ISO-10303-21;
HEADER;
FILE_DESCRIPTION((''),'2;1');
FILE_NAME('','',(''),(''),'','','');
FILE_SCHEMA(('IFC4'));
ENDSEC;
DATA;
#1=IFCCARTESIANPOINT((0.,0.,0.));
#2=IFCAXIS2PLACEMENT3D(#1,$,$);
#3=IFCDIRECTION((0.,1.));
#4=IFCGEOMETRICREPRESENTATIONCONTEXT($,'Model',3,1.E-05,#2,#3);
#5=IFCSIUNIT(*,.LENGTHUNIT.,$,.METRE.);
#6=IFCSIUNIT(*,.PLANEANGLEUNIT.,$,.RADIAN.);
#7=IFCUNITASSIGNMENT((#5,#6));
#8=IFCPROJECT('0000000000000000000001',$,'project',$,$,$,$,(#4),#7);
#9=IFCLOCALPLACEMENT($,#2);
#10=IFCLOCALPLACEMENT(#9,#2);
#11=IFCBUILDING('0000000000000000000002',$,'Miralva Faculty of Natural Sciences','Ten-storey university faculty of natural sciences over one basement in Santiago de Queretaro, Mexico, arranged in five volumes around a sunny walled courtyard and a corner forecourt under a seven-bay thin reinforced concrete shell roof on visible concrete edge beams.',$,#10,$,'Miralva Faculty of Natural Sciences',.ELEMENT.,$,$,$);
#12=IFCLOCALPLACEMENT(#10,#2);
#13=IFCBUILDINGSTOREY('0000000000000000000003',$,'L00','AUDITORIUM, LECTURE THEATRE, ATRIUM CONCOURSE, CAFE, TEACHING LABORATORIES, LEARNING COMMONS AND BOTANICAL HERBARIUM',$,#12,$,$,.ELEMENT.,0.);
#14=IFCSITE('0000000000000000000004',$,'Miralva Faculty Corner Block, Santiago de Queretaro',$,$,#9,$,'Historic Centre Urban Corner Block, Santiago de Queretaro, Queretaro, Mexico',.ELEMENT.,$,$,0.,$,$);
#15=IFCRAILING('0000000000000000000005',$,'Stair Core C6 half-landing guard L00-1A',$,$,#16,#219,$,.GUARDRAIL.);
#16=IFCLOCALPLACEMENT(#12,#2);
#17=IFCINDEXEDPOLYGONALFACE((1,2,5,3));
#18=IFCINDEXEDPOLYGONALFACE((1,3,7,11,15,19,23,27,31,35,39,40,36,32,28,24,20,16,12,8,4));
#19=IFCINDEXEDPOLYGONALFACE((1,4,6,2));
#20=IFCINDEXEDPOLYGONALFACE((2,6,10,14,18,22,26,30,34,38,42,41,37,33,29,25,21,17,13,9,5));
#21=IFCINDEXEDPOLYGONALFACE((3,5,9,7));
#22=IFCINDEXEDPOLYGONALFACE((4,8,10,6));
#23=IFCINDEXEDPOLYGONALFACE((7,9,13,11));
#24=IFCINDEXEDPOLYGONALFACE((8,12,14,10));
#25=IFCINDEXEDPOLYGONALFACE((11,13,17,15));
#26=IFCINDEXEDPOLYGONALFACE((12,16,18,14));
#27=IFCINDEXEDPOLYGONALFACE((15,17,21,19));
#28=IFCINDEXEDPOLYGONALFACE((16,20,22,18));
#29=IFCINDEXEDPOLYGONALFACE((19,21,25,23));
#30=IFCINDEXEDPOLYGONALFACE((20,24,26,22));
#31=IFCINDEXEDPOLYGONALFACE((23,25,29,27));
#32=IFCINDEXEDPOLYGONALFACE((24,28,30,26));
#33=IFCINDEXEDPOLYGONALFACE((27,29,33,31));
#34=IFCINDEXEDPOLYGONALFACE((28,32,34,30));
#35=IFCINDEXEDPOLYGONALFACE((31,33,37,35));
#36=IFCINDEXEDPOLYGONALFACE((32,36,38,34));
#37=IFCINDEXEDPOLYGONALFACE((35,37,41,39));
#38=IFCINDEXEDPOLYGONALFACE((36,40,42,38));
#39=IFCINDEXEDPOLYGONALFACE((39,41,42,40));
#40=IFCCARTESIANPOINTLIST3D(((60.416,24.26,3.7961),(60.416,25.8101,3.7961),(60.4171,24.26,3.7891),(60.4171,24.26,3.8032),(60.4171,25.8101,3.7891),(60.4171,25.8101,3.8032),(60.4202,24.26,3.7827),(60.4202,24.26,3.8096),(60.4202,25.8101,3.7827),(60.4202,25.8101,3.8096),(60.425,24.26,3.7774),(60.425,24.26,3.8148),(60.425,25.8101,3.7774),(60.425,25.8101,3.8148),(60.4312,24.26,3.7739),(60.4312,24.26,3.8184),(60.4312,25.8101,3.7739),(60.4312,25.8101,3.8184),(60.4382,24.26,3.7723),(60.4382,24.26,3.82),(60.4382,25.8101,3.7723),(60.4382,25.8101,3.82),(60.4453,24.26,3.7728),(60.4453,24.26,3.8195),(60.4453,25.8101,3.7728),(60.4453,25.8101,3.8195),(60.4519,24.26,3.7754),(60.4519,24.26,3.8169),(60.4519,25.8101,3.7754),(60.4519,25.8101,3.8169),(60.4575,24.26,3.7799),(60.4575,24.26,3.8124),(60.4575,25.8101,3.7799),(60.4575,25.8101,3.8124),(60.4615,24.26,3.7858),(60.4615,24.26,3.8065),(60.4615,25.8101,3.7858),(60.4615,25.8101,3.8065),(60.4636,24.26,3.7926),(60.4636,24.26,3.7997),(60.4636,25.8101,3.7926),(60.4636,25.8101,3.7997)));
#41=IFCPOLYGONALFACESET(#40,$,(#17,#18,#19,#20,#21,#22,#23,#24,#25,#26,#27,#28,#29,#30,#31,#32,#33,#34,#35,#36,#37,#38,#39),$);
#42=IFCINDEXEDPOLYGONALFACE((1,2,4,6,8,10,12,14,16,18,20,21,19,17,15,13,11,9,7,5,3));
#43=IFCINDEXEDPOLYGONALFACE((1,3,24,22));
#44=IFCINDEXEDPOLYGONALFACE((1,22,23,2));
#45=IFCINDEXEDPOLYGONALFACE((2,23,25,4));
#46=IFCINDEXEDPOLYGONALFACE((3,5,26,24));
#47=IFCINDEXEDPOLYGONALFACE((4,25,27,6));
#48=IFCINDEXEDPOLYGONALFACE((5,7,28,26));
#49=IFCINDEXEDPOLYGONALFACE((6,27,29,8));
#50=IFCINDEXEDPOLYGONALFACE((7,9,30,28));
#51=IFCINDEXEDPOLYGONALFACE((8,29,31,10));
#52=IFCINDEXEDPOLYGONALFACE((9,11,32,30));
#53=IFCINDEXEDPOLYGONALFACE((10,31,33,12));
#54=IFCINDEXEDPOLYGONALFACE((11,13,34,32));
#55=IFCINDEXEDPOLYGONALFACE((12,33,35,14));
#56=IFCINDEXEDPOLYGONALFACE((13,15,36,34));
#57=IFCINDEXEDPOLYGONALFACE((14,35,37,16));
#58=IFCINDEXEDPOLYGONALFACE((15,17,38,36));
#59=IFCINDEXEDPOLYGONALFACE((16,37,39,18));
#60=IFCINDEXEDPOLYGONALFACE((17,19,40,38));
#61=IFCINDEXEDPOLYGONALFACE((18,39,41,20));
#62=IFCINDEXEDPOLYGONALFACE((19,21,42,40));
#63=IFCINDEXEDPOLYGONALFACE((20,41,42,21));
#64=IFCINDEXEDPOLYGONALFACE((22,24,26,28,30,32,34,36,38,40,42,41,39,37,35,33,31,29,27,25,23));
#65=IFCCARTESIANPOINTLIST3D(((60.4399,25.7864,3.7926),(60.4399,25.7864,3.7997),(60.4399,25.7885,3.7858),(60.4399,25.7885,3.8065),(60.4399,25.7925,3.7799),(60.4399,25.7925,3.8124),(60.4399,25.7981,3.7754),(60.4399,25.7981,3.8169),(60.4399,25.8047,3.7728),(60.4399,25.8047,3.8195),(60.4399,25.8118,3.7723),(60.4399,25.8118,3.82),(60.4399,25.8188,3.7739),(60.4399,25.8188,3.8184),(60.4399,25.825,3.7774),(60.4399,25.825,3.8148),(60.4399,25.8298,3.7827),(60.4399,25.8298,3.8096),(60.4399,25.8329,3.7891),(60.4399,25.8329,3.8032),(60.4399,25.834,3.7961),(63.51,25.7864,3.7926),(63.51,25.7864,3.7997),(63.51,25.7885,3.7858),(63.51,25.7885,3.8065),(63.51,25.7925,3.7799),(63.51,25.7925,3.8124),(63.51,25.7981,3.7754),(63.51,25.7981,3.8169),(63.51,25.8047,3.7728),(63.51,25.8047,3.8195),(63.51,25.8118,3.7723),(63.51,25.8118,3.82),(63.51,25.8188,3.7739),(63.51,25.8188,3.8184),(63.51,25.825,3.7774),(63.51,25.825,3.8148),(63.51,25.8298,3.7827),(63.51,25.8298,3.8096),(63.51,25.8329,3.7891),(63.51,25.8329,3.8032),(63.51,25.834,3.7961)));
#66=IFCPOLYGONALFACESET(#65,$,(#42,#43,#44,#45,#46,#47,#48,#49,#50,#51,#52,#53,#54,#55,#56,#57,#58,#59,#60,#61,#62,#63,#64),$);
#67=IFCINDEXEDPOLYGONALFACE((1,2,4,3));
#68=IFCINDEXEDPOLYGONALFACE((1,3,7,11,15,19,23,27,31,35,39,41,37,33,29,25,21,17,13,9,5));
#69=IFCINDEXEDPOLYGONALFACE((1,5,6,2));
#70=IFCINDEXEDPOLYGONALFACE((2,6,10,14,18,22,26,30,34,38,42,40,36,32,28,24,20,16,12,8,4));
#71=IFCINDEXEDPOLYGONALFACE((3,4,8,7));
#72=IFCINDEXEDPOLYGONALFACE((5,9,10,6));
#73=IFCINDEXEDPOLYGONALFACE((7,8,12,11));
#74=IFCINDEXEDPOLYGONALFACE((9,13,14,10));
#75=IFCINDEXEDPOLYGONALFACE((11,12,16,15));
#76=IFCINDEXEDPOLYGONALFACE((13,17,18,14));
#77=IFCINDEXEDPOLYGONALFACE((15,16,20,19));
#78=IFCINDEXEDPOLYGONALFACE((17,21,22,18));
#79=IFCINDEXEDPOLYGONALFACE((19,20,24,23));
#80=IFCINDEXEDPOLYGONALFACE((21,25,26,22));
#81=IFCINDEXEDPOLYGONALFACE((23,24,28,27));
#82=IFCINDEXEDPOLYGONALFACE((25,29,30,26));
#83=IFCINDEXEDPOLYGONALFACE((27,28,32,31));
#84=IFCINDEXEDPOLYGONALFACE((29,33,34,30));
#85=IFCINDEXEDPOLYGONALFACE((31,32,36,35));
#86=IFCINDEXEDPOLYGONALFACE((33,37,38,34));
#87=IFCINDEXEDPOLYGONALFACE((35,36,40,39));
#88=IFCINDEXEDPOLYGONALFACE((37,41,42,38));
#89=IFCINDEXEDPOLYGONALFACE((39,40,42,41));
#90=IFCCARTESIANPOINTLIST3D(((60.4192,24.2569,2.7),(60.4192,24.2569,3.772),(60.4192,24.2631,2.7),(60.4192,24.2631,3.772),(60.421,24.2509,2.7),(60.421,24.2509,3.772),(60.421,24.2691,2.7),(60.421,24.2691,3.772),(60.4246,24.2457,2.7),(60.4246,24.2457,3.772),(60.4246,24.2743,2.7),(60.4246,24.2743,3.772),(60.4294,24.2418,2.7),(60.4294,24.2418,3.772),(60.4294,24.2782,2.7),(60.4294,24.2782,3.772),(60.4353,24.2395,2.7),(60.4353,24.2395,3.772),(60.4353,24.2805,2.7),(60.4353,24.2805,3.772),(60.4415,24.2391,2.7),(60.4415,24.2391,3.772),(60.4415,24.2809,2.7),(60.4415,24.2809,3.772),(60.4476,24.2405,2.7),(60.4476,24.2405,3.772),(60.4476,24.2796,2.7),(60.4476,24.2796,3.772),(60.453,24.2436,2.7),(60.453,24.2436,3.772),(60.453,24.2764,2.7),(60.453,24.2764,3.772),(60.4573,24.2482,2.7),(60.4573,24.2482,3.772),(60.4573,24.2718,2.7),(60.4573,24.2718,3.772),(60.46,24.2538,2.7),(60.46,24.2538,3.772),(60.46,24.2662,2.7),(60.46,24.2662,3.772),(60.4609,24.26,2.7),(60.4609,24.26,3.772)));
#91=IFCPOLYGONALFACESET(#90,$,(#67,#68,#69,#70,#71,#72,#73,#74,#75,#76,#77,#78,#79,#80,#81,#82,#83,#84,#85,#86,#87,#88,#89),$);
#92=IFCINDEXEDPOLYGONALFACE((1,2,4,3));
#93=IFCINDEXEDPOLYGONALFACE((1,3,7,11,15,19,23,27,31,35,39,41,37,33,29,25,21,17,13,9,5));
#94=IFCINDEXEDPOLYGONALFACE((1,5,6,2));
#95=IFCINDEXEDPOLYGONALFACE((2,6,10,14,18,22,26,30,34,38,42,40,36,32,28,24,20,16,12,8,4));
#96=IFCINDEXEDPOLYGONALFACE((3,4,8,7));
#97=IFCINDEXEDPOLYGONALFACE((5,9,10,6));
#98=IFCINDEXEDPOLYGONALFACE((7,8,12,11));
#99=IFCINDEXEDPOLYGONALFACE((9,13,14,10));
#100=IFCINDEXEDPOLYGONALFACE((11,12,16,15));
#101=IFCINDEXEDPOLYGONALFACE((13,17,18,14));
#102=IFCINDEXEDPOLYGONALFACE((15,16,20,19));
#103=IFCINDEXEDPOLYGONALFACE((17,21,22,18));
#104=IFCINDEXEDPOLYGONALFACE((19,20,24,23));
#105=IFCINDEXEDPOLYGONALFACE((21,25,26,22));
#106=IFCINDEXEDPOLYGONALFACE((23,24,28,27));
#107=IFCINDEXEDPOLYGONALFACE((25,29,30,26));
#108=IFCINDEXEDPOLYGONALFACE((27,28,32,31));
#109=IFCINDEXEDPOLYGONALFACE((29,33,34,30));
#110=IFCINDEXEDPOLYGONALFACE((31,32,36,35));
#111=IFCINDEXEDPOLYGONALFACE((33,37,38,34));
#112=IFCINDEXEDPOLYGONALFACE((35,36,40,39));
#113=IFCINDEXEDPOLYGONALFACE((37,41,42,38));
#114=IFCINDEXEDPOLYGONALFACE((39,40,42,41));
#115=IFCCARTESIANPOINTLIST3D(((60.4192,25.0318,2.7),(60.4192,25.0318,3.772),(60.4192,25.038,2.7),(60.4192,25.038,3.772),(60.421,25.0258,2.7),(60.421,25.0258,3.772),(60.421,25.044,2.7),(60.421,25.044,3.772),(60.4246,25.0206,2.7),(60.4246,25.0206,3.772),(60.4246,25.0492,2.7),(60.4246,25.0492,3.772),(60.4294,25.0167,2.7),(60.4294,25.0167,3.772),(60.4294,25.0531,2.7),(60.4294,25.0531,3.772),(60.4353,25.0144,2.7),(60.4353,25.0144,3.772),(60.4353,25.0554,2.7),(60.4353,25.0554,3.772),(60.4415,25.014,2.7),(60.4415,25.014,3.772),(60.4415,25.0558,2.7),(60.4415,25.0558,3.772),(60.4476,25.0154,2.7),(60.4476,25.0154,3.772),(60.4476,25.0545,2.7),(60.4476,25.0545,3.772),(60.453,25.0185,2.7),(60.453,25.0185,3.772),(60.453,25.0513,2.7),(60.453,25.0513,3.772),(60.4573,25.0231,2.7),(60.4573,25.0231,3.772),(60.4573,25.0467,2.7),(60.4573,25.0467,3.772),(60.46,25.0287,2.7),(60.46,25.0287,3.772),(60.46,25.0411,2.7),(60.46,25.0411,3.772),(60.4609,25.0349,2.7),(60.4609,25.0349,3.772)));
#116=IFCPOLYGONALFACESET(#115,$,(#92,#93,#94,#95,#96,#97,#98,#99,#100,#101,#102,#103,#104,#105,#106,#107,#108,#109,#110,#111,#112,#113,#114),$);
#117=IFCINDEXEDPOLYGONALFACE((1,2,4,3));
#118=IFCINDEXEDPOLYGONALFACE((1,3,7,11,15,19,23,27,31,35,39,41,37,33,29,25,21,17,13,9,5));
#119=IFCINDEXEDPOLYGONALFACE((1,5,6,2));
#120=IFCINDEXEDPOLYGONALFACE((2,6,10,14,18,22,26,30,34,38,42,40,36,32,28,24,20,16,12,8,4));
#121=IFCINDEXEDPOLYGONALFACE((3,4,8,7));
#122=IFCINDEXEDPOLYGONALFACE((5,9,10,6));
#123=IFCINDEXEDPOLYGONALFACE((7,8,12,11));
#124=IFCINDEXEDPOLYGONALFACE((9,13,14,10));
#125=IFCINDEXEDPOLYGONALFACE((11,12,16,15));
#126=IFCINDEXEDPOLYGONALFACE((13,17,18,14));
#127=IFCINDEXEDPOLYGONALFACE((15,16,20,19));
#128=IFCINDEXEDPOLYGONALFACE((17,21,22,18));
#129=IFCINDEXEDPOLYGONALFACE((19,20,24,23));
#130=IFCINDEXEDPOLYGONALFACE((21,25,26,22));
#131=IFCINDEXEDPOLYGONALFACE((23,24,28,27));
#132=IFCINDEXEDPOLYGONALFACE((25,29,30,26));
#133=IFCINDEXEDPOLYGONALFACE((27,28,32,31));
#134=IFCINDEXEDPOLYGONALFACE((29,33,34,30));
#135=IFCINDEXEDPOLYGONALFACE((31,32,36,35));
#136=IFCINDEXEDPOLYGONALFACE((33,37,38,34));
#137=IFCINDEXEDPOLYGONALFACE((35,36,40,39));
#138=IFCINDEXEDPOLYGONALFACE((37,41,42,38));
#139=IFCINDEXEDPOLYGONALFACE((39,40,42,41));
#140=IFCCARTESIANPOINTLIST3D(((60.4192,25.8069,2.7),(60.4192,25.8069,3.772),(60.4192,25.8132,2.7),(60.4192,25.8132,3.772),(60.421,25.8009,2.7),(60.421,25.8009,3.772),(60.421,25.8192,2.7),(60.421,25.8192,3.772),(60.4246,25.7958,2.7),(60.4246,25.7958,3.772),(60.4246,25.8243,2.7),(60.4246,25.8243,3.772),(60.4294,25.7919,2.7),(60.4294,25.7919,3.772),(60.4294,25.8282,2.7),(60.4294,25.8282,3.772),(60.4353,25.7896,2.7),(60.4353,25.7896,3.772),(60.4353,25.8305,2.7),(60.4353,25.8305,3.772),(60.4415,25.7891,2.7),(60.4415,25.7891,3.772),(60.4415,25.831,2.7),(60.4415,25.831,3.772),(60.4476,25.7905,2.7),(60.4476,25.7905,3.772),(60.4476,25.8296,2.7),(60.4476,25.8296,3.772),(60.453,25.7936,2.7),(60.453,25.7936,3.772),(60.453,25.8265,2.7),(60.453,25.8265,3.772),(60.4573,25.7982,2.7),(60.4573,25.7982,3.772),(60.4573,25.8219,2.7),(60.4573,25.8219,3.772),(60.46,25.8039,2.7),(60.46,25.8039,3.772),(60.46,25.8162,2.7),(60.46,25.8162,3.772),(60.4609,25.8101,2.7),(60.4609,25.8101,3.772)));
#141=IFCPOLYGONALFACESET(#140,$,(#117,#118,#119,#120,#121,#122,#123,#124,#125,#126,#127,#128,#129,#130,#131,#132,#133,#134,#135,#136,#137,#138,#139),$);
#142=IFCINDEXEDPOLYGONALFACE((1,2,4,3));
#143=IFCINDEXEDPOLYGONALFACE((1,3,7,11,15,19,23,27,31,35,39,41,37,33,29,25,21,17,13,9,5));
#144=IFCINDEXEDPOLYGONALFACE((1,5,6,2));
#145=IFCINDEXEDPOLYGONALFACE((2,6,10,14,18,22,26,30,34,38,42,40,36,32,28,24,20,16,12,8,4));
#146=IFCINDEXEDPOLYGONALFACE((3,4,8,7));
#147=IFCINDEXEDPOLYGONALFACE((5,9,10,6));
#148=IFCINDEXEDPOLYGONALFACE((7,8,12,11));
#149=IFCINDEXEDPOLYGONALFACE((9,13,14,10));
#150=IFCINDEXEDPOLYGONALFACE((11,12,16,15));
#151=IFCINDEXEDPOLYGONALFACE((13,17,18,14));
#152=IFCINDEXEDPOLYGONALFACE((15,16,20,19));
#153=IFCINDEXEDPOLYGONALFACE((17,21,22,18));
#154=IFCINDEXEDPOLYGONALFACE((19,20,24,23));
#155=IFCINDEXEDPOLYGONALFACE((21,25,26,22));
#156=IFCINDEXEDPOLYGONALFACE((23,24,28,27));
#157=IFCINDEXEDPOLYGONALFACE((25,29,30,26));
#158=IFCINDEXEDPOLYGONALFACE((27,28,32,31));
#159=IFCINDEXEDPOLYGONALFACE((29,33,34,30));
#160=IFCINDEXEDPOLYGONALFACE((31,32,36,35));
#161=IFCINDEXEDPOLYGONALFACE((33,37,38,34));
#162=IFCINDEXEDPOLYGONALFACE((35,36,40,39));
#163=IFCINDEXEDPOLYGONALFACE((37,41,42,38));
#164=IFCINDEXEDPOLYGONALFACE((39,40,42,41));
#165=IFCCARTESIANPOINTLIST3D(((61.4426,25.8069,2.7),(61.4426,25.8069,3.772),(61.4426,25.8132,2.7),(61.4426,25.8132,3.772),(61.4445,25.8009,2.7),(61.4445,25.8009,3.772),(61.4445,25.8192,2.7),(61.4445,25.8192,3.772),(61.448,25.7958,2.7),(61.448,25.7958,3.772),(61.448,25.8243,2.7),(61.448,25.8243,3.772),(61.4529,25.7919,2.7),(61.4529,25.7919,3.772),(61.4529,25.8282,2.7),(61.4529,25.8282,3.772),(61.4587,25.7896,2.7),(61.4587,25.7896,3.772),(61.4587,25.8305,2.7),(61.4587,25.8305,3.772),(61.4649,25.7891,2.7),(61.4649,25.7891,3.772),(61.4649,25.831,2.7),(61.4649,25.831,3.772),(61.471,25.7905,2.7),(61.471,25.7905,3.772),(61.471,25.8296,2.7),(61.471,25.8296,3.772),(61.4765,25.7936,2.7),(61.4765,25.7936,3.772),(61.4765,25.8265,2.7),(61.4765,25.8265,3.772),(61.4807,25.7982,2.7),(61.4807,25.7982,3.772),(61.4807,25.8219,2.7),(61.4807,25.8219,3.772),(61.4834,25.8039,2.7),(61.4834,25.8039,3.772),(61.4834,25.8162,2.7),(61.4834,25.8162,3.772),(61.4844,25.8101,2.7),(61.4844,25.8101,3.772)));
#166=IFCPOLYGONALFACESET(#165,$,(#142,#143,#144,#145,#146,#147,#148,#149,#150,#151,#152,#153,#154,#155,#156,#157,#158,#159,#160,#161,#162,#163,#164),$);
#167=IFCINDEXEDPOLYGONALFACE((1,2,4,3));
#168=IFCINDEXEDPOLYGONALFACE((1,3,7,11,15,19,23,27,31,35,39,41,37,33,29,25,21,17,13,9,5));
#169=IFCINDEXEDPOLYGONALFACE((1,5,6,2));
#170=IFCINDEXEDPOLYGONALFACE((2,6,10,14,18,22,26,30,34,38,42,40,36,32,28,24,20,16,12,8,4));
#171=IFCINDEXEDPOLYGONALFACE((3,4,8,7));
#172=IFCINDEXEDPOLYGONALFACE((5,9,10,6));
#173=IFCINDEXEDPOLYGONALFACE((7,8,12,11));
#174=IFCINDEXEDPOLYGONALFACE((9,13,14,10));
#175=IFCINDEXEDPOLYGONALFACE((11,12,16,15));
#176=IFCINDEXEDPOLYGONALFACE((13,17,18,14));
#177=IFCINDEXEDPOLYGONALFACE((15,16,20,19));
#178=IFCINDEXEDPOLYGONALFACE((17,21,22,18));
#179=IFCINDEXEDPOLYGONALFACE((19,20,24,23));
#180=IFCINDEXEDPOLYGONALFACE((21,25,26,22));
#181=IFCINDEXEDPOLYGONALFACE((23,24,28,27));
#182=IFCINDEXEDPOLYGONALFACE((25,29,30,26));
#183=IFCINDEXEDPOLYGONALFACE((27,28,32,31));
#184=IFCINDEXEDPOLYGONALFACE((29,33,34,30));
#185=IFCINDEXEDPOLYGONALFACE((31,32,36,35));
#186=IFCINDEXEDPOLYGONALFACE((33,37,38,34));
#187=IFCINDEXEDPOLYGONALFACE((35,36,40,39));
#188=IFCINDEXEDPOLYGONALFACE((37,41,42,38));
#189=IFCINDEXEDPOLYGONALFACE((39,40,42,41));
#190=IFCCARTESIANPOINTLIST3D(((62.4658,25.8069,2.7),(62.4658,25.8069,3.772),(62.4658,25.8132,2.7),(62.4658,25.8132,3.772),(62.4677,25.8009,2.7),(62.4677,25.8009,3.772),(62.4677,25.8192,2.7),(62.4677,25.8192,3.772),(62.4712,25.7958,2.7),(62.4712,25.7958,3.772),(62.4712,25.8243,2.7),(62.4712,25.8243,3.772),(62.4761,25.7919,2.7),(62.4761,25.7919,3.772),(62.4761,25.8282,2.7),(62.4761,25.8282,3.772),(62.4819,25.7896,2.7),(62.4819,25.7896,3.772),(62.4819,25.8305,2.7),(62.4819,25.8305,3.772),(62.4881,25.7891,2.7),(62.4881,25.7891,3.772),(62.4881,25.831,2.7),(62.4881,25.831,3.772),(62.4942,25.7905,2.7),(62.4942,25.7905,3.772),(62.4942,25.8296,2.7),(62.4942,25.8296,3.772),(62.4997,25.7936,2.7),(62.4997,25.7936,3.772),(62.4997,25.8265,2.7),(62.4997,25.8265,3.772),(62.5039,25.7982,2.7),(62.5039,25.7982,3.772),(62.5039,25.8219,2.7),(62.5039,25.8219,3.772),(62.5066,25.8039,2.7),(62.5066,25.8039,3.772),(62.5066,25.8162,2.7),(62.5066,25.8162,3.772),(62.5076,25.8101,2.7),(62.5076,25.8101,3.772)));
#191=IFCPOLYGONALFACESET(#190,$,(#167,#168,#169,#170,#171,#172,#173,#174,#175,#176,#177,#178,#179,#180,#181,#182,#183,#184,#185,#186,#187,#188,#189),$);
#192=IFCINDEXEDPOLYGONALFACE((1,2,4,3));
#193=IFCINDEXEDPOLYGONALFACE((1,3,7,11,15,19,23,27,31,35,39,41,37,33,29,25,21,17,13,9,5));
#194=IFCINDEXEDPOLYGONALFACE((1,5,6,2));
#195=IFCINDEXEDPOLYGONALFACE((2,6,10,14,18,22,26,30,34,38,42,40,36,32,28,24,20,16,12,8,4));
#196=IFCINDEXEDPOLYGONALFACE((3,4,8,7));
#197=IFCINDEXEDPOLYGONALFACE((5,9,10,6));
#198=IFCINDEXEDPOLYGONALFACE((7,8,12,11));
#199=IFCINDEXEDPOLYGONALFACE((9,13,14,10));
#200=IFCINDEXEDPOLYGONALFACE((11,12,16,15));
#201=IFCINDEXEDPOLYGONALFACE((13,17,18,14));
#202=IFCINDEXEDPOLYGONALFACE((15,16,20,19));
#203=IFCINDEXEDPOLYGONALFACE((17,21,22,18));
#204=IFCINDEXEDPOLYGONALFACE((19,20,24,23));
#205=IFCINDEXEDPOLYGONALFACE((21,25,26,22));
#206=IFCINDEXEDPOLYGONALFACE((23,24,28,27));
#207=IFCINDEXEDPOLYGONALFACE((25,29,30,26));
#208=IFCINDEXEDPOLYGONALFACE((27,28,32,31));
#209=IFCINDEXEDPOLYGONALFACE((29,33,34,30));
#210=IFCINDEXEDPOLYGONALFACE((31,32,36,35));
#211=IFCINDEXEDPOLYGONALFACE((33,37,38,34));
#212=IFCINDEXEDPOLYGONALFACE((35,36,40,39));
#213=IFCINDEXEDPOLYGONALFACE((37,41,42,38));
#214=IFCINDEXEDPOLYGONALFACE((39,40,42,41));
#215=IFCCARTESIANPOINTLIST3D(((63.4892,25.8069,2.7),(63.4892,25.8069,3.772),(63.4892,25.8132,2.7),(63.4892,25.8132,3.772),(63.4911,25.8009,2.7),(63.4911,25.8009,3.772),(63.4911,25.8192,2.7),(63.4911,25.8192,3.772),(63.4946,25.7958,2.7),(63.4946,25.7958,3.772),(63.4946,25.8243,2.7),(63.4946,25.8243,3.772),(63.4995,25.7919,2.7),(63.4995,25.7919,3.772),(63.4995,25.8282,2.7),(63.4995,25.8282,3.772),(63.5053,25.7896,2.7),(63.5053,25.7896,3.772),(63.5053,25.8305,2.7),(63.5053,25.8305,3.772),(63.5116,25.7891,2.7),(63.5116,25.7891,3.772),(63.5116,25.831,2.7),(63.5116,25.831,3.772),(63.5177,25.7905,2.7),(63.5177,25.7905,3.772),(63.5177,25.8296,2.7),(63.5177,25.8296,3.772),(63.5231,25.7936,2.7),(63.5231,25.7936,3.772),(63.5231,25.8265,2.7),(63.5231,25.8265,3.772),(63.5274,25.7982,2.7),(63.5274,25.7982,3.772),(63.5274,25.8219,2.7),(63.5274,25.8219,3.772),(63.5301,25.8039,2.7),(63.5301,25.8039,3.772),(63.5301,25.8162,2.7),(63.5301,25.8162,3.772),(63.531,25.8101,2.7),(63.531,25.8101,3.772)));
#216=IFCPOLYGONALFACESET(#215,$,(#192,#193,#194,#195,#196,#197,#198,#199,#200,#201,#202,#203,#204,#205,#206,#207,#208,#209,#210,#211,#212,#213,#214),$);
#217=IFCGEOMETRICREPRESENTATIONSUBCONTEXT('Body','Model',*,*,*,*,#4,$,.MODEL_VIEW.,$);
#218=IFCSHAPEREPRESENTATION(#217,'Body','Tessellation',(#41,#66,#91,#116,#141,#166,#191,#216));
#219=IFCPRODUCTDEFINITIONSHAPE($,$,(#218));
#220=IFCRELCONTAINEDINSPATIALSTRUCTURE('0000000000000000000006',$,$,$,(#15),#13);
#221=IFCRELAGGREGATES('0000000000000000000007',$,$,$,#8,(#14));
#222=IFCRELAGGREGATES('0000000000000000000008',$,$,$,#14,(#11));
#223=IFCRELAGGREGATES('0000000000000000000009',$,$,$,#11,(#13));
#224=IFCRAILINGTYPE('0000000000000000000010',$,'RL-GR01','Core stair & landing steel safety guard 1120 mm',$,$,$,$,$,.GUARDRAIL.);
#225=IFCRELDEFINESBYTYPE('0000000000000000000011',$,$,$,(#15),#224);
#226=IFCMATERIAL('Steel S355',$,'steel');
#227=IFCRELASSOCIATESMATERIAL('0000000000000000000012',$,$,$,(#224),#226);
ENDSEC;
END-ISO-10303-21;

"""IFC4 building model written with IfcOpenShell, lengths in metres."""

from ifc_helpers import new_model, si_unit, direction, frame, origin, origin_2d, place, context, subcontext, project, spatial, circle, extrude, material, type_object, element, save


model = new_model("IFC4")

# Units and contexts
model_context = context("Model", 3, precision=1e-05, world=origin(), true_north=direction((0.0, 1.0)))
body_context = subcontext(model_context, "Body", "Model", "MODEL_VIEW")
ifc_project = project(units=[si_unit("LENGTHUNIT", "METRE"), si_unit("PLANEANGLEUNIT", "RADIAN")], contexts=[model_context])

# Site, building, storey
site_placement = place(None, origin())
site = spatial("IfcSite", under=ifc_project, at=site_placement, Name="Miralva Faculty Corner Block, Santiago de Queretaro", LongName="Historic Centre Urban Corner Block, Santiago de Queretaro, Queretaro, Mexico", CompositionType="ELEMENT", RefElevation=0.0)
building_placement = place(site_placement, origin())
building = spatial("IfcBuilding", under=site, at=building_placement, Name="Miralva Faculty of Natural Sciences", Description="Ten-storey university faculty of natural sciences over one basement in Santiago de Queretaro, Mexico, arranged in five volumes around a sunny walled courtyard and a corner forecourt under a seven-bay thin reinforced concrete shell roof on visible concrete edge beams.", LongName="Miralva Faculty of Natural Sciences", CompositionType="ELEMENT")
storey_placement = place(building_placement, origin())
storey = spatial("IfcBuildingStorey", under=building, at=storey_placement, Name="L00", Description="AUDITORIUM, LECTURE THEATRE, ATRIUM CONCOURSE, CAFE, TEACHING LABORATORIES, LEARNING COMMONS AND BOTANICAL HERBARIUM", CompositionType="ELEMENT", Elevation=0.0)

# Railing
ifc_material_1 = material(Name="Steel S355", Category="steel")
railing_type_1 = type_object("IfcRailingType", Name="RL-GR01", Description="Core stair & landing steel safety guard 1120 mm", PredefinedType="GUARDRAIL", material=ifc_material_1)
railing_1_placement = place(storey_placement, frame((60.4399, 24.26, 2.7)))
element("IfcRailing", 1, at=railing_1_placement, inside=storey, type_object=railing_type_1, Name="Stair Core C6 half-landing guard L00-1A", PredefinedType="GUARDRAIL", context=body_context, shape_type="SweptSolid", body=[
    extrude(circle(Radius=0.0239, at=origin_2d()), frame((0.0, 0.0, 1.0962), z_axis=(0.0, 1.0, 0.0), x_axis=(-1.0, 0.0, 0.0)), (0.0, 0.0, 1.0), 1.55),
    extrude(circle(Radius=0.0239, at=origin_2d()), frame((0.0, 1.55, 1.0962), z_axis=(1.0, 0.0, 0.0), x_axis=(0.0, 1.0, 0.0)), (0.0, 0.0, 1.0), 3.0701),
    extrude(circle(Radius=0.021, at=origin_2d()), origin(), (0.0, 0.0, 1.0), 1.072),
    extrude(circle(Radius=0.021, at=origin_2d()), frame((0.0, 0.7749, 0.0)), (0.0, 0.0, 1.0), 1.072),
    extrude(circle(Radius=0.021, at=origin_2d()), frame((0.0, 1.55, 0.0)), (0.0, 0.0, 1.0), 1.072),
    extrude(circle(Radius=0.021, at=origin_2d()), frame((1.0234, 1.55, 0.0)), (0.0, 0.0, 1.0), 1.072),
    extrude(circle(Radius=0.021, at=origin_2d()), frame((2.0466, 1.55, 0.0)), (0.0, 0.0, 1.0), 1.072),
    extrude(circle(Radius=0.021, at=origin_2d()), frame((3.0701, 1.55, 0.0)), (0.0, 0.0, 1.0), 1.072),
])

save(model, "model.ifc")
